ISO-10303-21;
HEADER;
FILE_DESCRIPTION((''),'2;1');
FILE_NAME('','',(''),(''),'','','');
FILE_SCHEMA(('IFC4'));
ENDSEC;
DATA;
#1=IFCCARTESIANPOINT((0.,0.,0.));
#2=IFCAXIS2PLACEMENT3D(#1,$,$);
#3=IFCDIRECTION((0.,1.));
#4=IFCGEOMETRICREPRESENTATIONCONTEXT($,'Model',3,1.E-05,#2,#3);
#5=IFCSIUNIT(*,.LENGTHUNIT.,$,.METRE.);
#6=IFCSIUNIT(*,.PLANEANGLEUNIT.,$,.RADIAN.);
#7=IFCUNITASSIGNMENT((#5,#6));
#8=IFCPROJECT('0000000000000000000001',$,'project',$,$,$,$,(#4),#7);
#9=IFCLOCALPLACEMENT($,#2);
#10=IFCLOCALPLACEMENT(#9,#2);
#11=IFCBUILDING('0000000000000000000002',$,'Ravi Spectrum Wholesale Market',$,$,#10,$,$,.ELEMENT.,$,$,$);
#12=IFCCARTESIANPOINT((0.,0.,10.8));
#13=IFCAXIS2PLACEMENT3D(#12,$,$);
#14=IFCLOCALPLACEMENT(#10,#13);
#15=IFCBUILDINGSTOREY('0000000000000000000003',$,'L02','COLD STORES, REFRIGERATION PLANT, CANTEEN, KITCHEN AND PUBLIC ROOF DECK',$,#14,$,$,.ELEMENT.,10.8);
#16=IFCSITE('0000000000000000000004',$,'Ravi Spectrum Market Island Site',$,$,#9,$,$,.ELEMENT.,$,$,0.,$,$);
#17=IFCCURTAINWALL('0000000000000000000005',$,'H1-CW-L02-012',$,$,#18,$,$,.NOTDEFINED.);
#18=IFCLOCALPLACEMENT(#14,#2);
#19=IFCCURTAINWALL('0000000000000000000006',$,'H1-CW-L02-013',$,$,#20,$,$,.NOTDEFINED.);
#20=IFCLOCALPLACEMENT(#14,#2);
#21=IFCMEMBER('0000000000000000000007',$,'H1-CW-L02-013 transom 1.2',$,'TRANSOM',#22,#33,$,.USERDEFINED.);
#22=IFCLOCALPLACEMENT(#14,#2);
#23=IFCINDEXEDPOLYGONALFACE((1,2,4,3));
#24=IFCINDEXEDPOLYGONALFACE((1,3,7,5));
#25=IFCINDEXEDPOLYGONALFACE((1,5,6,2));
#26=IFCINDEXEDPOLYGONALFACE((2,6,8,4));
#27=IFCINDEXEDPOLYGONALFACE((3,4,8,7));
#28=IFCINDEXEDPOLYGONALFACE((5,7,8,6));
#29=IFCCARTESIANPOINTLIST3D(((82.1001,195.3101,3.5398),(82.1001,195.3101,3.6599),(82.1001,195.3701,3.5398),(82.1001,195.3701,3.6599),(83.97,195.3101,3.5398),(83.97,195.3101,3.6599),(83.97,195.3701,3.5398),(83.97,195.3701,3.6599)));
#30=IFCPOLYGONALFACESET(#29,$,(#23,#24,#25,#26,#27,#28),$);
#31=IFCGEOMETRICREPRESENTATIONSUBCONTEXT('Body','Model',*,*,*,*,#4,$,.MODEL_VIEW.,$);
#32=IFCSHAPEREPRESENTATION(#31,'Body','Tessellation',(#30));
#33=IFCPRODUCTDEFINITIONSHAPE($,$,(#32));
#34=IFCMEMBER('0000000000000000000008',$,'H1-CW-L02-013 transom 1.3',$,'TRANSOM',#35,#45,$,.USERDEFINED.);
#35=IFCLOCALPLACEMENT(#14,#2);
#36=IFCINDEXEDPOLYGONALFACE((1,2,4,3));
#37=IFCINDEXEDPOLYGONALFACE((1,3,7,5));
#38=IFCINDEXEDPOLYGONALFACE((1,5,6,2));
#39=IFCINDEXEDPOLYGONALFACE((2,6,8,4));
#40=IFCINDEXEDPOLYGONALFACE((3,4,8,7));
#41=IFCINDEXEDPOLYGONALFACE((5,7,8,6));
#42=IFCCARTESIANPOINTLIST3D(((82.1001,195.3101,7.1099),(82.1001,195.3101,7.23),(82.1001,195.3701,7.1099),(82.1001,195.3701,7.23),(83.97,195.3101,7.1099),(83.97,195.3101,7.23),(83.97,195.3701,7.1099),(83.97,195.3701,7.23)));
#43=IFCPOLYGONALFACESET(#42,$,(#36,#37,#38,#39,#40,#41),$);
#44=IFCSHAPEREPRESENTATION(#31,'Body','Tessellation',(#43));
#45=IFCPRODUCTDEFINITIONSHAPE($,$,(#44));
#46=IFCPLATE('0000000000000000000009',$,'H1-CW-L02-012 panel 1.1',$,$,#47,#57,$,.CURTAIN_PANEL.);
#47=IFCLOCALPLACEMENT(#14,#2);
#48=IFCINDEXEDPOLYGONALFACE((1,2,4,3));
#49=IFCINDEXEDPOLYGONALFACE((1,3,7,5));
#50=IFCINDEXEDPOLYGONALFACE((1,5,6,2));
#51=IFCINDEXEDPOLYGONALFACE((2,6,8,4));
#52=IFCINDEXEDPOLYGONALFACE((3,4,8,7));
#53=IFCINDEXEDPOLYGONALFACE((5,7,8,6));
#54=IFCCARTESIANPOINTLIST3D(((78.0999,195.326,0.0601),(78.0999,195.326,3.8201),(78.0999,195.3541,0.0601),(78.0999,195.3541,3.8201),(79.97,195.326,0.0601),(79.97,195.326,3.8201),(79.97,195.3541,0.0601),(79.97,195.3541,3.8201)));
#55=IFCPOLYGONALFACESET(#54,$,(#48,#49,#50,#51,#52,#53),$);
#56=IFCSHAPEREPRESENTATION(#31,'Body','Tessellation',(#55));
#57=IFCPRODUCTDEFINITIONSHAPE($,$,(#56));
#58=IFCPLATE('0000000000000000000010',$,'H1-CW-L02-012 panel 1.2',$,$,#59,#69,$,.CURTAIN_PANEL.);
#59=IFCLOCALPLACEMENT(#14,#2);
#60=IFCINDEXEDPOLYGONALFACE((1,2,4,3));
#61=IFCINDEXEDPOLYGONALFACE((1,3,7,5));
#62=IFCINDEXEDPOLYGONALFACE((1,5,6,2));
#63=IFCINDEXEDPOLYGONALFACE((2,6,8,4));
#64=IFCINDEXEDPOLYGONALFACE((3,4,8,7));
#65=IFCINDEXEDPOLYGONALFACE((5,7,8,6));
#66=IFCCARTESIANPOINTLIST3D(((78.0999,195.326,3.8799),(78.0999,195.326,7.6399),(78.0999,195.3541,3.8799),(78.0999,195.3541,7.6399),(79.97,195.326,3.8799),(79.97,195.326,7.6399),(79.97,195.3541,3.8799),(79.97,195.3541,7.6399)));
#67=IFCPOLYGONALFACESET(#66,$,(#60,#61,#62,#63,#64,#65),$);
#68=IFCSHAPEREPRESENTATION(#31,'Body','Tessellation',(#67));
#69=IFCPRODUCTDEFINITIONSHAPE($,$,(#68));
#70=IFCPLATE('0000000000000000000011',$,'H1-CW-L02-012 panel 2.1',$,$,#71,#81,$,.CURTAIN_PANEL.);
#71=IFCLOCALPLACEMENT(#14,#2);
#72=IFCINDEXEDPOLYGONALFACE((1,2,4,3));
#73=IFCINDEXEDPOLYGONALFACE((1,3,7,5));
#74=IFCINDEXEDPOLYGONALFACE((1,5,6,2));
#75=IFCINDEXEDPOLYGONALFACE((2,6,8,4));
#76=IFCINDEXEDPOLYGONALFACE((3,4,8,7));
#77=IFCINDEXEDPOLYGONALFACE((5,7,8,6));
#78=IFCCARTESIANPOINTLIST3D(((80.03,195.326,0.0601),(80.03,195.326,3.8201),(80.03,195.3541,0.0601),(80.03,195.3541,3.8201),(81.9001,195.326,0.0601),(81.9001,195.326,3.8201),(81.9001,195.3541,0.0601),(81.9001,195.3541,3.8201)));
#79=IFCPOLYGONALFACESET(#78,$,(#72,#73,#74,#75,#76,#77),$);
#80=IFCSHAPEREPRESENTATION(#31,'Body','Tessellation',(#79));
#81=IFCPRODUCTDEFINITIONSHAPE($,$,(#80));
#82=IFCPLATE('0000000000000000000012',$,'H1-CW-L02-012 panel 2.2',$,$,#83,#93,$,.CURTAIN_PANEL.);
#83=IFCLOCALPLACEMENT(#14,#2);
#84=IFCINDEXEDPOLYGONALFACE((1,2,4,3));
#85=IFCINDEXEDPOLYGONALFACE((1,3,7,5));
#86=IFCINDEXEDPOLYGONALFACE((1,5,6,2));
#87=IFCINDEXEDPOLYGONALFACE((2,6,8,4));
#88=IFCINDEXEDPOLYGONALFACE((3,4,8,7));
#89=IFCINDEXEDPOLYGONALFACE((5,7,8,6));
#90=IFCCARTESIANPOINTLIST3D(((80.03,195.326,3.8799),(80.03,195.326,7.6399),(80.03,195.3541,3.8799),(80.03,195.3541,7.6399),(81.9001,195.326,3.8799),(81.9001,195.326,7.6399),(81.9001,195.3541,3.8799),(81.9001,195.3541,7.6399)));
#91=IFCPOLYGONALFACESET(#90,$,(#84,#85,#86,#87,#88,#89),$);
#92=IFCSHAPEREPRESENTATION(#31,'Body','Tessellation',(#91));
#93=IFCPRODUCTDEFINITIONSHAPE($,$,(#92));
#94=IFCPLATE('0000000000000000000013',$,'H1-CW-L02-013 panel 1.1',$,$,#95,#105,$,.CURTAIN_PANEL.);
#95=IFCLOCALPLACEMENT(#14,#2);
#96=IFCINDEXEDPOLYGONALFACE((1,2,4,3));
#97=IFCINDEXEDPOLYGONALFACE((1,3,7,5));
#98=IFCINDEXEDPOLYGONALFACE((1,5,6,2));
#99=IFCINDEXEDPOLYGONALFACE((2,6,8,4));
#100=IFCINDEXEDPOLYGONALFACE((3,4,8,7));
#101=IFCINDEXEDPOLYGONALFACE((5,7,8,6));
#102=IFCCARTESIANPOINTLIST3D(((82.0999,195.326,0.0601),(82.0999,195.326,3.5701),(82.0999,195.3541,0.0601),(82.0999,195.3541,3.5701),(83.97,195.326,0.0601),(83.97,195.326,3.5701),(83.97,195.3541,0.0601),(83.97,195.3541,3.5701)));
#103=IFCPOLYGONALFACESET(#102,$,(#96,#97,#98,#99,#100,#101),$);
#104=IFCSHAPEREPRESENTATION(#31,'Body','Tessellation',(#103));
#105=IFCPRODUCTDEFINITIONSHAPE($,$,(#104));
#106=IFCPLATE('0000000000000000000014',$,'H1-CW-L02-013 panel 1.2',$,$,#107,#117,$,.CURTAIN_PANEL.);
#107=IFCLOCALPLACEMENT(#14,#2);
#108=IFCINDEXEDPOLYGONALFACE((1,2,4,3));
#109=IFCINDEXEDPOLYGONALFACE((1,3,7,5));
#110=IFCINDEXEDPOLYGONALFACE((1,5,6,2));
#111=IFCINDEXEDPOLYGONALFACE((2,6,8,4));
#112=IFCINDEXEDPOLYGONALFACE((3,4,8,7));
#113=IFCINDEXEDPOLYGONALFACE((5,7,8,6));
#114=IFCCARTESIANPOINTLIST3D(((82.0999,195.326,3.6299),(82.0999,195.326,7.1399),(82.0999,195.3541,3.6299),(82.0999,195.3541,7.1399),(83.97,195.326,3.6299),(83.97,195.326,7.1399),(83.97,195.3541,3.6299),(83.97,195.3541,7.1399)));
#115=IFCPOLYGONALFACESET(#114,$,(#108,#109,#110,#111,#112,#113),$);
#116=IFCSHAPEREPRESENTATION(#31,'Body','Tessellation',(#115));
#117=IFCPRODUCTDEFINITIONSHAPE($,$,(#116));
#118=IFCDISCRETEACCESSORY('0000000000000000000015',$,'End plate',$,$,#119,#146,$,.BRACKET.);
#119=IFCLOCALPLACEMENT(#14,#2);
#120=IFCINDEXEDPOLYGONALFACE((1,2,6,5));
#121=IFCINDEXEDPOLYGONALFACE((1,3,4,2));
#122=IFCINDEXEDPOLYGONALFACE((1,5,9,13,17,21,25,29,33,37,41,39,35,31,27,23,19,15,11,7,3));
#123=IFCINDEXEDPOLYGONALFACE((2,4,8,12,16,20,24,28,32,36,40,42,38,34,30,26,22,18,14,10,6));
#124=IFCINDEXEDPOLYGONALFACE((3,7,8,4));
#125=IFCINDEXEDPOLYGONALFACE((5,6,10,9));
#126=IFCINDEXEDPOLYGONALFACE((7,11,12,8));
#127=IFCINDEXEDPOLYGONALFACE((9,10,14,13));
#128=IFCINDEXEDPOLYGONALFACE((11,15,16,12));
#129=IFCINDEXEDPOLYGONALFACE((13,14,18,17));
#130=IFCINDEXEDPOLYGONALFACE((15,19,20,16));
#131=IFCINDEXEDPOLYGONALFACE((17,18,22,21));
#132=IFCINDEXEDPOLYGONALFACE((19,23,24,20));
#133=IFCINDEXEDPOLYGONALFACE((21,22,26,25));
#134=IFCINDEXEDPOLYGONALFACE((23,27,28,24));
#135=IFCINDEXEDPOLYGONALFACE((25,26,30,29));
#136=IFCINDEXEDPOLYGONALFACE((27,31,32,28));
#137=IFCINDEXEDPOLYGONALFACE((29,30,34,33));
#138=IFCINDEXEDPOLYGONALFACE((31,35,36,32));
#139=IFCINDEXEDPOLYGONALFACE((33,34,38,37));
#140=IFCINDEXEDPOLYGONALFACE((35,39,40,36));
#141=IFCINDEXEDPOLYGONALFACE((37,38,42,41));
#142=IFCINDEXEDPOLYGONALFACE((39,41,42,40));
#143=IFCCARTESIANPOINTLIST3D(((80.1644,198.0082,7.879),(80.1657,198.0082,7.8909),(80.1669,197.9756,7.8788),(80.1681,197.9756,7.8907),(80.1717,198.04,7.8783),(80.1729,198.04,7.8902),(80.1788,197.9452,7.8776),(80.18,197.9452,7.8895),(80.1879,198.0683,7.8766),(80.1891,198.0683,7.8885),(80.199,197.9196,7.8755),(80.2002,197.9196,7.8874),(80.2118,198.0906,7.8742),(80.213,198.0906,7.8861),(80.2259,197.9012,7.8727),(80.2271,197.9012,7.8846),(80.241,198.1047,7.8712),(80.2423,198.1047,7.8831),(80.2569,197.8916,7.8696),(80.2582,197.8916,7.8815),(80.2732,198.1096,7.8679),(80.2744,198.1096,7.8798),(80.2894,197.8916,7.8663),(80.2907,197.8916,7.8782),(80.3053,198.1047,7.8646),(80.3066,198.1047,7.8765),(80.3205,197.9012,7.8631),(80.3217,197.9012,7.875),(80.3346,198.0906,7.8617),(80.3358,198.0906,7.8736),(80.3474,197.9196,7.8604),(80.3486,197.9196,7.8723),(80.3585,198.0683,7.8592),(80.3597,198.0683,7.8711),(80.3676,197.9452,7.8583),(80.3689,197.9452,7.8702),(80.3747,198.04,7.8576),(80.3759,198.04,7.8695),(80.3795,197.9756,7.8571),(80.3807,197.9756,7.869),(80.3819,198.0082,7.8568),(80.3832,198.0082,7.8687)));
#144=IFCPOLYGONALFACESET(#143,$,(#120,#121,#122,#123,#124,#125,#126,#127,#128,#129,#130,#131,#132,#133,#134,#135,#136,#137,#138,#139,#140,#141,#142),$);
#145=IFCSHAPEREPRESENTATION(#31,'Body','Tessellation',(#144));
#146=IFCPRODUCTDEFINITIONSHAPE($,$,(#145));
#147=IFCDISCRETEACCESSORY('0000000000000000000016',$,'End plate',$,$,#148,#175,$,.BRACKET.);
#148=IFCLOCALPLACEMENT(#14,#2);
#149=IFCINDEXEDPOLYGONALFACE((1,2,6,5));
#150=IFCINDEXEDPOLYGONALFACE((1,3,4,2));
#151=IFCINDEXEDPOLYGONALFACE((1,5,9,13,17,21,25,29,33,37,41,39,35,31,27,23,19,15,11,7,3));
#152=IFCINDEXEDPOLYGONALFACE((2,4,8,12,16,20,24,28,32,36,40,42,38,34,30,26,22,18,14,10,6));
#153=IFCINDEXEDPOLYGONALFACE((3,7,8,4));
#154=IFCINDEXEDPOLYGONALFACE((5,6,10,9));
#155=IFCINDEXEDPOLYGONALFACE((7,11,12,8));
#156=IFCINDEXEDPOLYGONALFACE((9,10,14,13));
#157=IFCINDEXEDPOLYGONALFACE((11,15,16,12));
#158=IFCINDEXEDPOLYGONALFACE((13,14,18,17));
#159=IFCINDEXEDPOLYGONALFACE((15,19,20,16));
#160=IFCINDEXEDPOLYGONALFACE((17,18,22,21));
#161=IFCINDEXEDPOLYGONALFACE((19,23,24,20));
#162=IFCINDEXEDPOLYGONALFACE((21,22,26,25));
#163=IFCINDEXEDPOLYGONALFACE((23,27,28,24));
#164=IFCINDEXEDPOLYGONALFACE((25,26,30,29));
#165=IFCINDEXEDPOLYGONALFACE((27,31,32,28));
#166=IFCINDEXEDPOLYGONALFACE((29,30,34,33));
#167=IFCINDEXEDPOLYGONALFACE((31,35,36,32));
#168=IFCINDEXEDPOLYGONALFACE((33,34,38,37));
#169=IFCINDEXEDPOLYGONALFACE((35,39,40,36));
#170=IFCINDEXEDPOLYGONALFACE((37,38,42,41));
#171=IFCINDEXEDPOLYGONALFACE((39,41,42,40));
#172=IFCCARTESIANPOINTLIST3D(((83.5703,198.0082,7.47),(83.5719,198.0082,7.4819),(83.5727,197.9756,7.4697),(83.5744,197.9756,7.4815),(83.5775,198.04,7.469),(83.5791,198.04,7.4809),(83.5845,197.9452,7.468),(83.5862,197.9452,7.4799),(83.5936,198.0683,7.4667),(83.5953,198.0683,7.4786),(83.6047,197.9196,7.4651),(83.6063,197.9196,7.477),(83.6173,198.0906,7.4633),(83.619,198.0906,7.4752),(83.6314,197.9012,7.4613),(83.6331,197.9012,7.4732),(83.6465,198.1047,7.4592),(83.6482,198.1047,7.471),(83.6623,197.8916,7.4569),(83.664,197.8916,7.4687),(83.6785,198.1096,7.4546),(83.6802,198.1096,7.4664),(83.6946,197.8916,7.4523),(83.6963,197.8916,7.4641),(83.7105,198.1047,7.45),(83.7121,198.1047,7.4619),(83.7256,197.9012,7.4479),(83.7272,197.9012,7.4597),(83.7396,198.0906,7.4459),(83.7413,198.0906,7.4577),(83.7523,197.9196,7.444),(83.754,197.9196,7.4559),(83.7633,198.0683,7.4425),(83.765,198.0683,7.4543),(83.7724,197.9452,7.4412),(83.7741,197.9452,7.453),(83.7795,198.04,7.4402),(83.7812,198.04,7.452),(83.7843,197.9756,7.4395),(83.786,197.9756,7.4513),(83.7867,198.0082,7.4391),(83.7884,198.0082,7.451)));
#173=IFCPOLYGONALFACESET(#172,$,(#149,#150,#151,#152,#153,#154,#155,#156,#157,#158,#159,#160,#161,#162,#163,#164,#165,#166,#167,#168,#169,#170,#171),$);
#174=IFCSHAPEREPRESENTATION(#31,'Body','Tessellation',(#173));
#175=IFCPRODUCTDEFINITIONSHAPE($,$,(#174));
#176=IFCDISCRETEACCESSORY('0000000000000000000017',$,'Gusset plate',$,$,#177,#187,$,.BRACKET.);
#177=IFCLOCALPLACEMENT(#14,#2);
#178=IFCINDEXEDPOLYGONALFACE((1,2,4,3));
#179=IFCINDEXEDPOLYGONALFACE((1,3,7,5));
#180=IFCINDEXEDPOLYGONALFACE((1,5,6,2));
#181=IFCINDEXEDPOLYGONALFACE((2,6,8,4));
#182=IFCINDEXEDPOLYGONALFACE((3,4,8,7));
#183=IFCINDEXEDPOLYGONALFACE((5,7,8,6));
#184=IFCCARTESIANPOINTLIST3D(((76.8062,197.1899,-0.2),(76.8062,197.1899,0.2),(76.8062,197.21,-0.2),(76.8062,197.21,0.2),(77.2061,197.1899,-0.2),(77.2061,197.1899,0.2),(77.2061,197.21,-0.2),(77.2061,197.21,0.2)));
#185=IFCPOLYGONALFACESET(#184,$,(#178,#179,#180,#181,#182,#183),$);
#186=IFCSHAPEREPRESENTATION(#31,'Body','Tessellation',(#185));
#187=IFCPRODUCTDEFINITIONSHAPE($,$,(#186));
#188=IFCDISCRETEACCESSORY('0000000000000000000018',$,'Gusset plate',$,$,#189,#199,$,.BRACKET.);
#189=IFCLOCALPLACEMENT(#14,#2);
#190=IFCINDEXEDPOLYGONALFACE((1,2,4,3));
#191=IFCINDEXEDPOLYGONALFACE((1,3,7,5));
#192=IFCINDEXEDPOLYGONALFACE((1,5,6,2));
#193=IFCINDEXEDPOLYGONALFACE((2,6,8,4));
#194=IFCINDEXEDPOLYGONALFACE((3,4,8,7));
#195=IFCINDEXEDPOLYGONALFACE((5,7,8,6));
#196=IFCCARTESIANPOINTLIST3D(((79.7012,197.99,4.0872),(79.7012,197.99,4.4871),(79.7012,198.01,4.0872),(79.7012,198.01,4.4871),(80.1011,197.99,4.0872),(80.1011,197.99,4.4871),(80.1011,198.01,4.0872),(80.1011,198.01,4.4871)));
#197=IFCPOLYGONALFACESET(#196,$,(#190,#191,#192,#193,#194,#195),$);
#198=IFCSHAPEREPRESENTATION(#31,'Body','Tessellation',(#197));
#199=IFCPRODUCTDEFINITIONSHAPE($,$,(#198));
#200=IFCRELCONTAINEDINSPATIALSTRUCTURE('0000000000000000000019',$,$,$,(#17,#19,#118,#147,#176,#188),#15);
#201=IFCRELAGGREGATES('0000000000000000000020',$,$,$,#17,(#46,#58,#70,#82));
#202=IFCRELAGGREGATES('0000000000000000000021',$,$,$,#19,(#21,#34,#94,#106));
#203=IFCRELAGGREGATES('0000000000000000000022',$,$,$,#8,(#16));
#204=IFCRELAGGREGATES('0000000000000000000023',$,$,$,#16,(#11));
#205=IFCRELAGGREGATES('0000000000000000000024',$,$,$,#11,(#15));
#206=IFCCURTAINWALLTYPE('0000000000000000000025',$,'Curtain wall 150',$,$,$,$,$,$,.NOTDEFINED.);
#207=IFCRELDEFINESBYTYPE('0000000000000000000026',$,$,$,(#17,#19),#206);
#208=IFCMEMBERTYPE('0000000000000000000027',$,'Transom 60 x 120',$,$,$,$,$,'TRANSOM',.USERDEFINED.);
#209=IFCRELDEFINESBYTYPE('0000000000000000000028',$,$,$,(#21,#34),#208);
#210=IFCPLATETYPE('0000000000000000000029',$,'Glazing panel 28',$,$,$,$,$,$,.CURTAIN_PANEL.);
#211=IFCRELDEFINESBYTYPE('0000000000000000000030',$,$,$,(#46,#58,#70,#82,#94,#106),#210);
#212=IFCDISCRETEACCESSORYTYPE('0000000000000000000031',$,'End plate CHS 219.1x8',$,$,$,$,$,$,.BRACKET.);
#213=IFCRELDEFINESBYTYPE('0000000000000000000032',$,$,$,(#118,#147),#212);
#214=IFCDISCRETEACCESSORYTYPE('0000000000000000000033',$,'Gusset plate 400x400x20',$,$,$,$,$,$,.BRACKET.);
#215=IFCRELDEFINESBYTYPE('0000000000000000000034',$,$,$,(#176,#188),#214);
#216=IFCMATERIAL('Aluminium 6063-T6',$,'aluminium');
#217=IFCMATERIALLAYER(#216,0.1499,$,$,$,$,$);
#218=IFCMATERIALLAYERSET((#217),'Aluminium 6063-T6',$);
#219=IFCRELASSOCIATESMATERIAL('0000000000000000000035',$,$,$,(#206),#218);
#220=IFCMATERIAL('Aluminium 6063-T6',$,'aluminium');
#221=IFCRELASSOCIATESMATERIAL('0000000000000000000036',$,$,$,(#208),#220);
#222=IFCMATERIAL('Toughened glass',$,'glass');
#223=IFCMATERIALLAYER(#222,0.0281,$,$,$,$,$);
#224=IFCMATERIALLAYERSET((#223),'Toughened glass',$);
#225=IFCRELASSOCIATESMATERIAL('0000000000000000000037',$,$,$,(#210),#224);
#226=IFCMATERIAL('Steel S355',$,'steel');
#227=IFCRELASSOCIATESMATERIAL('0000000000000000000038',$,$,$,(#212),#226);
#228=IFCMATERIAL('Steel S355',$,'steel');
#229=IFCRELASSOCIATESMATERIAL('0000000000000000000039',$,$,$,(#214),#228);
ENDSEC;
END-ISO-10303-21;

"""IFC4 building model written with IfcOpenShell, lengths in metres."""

from ifc_helpers import new_model, si_unit, direction, frame, origin, origin_2d, place, context, subcontext, project, spatial, rectangle, circle, extrude, material, layer, layer_set, material_profile, profile_set, type_object, element, aggregate, save


model = new_model("IFC4")

# Units and contexts
model_context = context("Model", 3, precision=1e-05, world=origin(), true_north=direction((0.0, 1.0)))
body_context = subcontext(model_context, "Body", "Model", "MODEL_VIEW")
ifc_project = project(units=[si_unit("LENGTHUNIT", "METRE"), si_unit("PLANEANGLEUNIT", "RADIAN")], contexts=[model_context])

# Site, building, storey
site_placement = place(None, origin())
site = spatial("IfcSite", under=ifc_project, at=site_placement, Name="Ravi Spectrum Market Island Site", CompositionType="ELEMENT", RefElevation=0.0)
building_placement = place(site_placement, origin())
building = spatial("IfcBuilding", under=site, at=building_placement, Name="Ravi Spectrum Wholesale Market", CompositionType="ELEMENT")
storey_placement = place(building_placement, frame((0.0, 0.0, 10.8)))
storey = spatial("IfcBuildingStorey", under=building, at=storey_placement, Name="L02", Description="COLD STORES, REFRIGERATION PLANT, CANTEEN, KITCHEN AND PUBLIC ROOF DECK", CompositionType="ELEMENT", Elevation=10.8)

# Shared definitions
ifc_material_1 = material(Name="Aluminium 6063-T6", Category="aluminium")
ifc_layer_1 = layer(ifc_material_1, 0.1499)
ifc_layer_set_1 = layer_set([ifc_layer_1], Name="Aluminium 6063-T6")
curtain_wall_type = type_object("IfcCurtainWallType", Name="Curtain wall 150", PredefinedType="NOTDEFINED", material=ifc_layer_set_1)

# Curtain wall
curtain_wall_1_placement = place(storey_placement, origin())
curtain_wall_1 = element("IfcCurtainWall", 1, at=curtain_wall_1_placement, inside=storey, type_object=curtain_wall_type, Name="H1-CW-L02-012", PredefinedType="NOTDEFINED")

# Curtain wall
curtain_wall_2_placement = place(storey_placement, origin())
curtain_wall_2 = element("IfcCurtainWall", 2, at=curtain_wall_2_placement, inside=storey, type_object=curtain_wall_type, Name="H1-CW-L02-013", PredefinedType="NOTDEFINED")

# Members
ifc_material_2 = material(Name="Aluminium 6063-T6", Category="aluminium")
ifc_material_profile_1 = material_profile(ifc_material_2, rectangle(XDim=0.0601, YDim=0.1201, at=origin_2d()))
ifc_profile_set_1 = profile_set([ifc_material_profile_1], Name="Aluminium 6063-T6")
member_type_1 = type_object("IfcMemberType", Name="Transom 60 x 120", ElementType="TRANSOM", PredefinedType="USERDEFINED", material=ifc_profile_set_1)
member_1_placement = place(storey_placement, frame((82.1001, 195.3401, 3.5999), z_axis=(1.0, 0.0, 0.0), x_axis=(0.0, 1.0, 0.0)))
member_1 = element("IfcMember", 3, at=member_1_placement, type_object=member_type_1, Name="H1-CW-L02-013 transom 1.2", ObjectType="TRANSOM", PredefinedType="USERDEFINED", context=body_context, shape_type="SweptSolid", body=[
    extrude(rectangle(XDim=0.0601, YDim=0.1201, at=origin_2d()), origin(), (0.0, 0.0, 1.0), 1.8699),
])
member_2_placement = place(storey_placement, frame((82.1001, 195.3401, 7.1699), z_axis=(1.0, 0.0, 0.0), x_axis=(0.0, 1.0, 0.0)))
member_2 = element("IfcMember", 4, at=member_2_placement, type_object=member_type_1, Name="H1-CW-L02-013 transom 1.3", ObjectType="TRANSOM", PredefinedType="USERDEFINED", context=body_context, shape_type="SweptSolid", body=[
    extrude(rectangle(XDim=0.0601, YDim=0.1201, at=origin_2d()), origin(), (0.0, 0.0, 1.0), 1.8699),
])

# Plates
ifc_material_3 = material(Name="Toughened glass", Category="glass")
ifc_layer_2 = layer(ifc_material_3, 0.0281)
ifc_layer_set_2 = layer_set([ifc_layer_2], Name="Toughened glass")
plate_type = type_object("IfcPlateType", Name="Glazing panel 28", PredefinedType="CURTAIN_PANEL", material=ifc_layer_set_2)
plate_1_placement = place(storey_placement, frame((79.0349, 195.3401, 0.0601), z_axis=(0.0, 0.0, 1.0), x_axis=(1.0, 0.0, 0.0)))
plate_1 = element("IfcPlate", 5, at=plate_1_placement, type_object=plate_type, Name="H1-CW-L02-012 panel 1.1", PredefinedType="CURTAIN_PANEL", context=body_context, shape_type="SweptSolid", body=[
    extrude(rectangle(XDim=1.8701, YDim=0.0281, at=origin_2d()), origin(), (0.0, 0.0, 1.0), 3.76),
])
plate_2_placement = place(storey_placement, frame((79.0349, 195.3401, 3.8799), z_axis=(0.0, 0.0, 1.0), x_axis=(1.0, 0.0, 0.0)))
plate_2 = element("IfcPlate", 6, at=plate_2_placement, type_object=plate_type, Name="H1-CW-L02-012 panel 1.2", PredefinedType="CURTAIN_PANEL", context=body_context, shape_type="SweptSolid", body=[
    extrude(rectangle(XDim=1.8701, YDim=0.0281, at=origin_2d()), origin(), (0.0, 0.0, 1.0), 3.76),
])
plate_3_placement = place(storey_placement, frame((80.9651, 195.3401, 0.0601), z_axis=(0.0, 0.0, 1.0), x_axis=(1.0, 0.0, 0.0)))
plate_3 = element("IfcPlate", 7, at=plate_3_placement, type_object=plate_type, Name="H1-CW-L02-012 panel 2.1", PredefinedType="CURTAIN_PANEL", context=body_context, shape_type="SweptSolid", body=[
    extrude(rectangle(XDim=1.8701, YDim=0.0281, at=origin_2d()), origin(), (0.0, 0.0, 1.0), 3.76),
])
plate_4_placement = place(storey_placement, frame((80.9651, 195.3401, 3.8799), z_axis=(0.0, 0.0, 1.0), x_axis=(1.0, 0.0, 0.0)))
plate_4 = element("IfcPlate", 8, at=plate_4_placement, type_object=plate_type, Name="H1-CW-L02-012 panel 2.2", PredefinedType="CURTAIN_PANEL", context=body_context, shape_type="SweptSolid", body=[
    extrude(rectangle(XDim=1.8701, YDim=0.0281, at=origin_2d()), origin(), (0.0, 0.0, 1.0), 3.76),
])
aggregate(curtain_wall_1, [plate_1, plate_2, plate_3, plate_4])
plate_5_placement = place(storey_placement, frame((83.0349, 195.3401, 0.0601), z_axis=(0.0, 0.0, 1.0), x_axis=(1.0, 0.0, 0.0)))
plate_5 = element("IfcPlate", 9, at=plate_5_placement, type_object=plate_type, Name="H1-CW-L02-013 panel 1.1", PredefinedType="CURTAIN_PANEL", context=body_context, shape_type="SweptSolid", body=[
    extrude(rectangle(XDim=1.8701, YDim=0.0281, at=origin_2d()), origin(), (0.0, 0.0, 1.0), 3.51),
])
plate_6_placement = place(storey_placement, frame((83.0349, 195.3401, 3.6299), z_axis=(0.0, 0.0, 1.0), x_axis=(1.0, 0.0, 0.0)))
plate_6 = element("IfcPlate", 10, at=plate_6_placement, type_object=plate_type, Name="H1-CW-L02-013 panel 1.2", PredefinedType="CURTAIN_PANEL", context=body_context, shape_type="SweptSolid", body=[
    extrude(rectangle(XDim=1.8701, YDim=0.0281, at=origin_2d()), origin(), (0.0, 0.0, 1.0), 3.51),
])
aggregate(curtain_wall_2, [member_1, member_2, plate_5, plate_6])

# Discrete accessories
ifc_material_4 = material(Name="Steel S355", Category="steel")
ifc_material_profile_2 = material_profile(ifc_material_4, circle(Radius=0.1096, at=origin_2d()))
ifc_profile_set_2 = profile_set([ifc_material_profile_2], Name="Steel S355")
discrete_accessory_type_1 = type_object("IfcDiscreteAccessoryType", Name="End plate CHS 219.1x8", PredefinedType="BRACKET", material=ifc_profile_set_2)
for number, where, z_axis, x_axis, name in (
    (11, (80.2732, 198.0, 7.8679), (0.101514, 0.0, 0.994834), (0.0, 1.0, 0.0), "End plate"),
    (12, (83.6785, 198.0, 7.4546), (0.141421, 0.0, 0.989949), (0.0, 1.0, 0.0), "End plate"),
):
    element("IfcDiscreteAccessory", number, at=place(storey_placement, frame(where, z_axis=z_axis, x_axis=x_axis)), inside=storey, type_object=discrete_accessory_type_1, Name=name, PredefinedType="BRACKET", context=body_context, shape_type="SweptSolid", body=[
        extrude(circle(Radius=0.1096, at=origin_2d()), origin(), (0.0, 0.0, 1.0), 0.012),
    ])
ifc_material_5 = material(Name="Steel S355", Category="steel")
ifc_material_profile_3 = material_profile(ifc_material_5, rectangle(XDim=0.3999, YDim=0.02, at=origin_2d()))
ifc_profile_set_3 = profile_set([ifc_material_profile_3], Name="Steel S355")
discrete_accessory_type_2 = type_object("IfcDiscreteAccessoryType", Name="Gusset plate 400x400x20", PredefinedType="BRACKET", material=ifc_profile_set_3)
for number, where, z_axis, x_axis, name in (
    (13, (77.0061, 197.2, -0.2), (0.0, 0.0, 1.0), (1.0, 0.0, 0.0), "Gusset plate"),
    (14, (79.9011, 198.0, 4.0872), (0.0, 0.0, 1.0), (-1.0, 0.0, 0.0), "Gusset plate"),
):
    element("IfcDiscreteAccessory", number, at=place(storey_placement, frame(where, z_axis=z_axis, x_axis=x_axis)), inside=storey, type_object=discrete_accessory_type_2, Name=name, PredefinedType="BRACKET", context=body_context, shape_type="SweptSolid", body=[
        extrude(rectangle(XDim=0.3999, YDim=0.02, at=origin_2d()), origin(), (0.0, 0.0, 1.0), 0.3999),
    ])

save(model, "model.ifc")
